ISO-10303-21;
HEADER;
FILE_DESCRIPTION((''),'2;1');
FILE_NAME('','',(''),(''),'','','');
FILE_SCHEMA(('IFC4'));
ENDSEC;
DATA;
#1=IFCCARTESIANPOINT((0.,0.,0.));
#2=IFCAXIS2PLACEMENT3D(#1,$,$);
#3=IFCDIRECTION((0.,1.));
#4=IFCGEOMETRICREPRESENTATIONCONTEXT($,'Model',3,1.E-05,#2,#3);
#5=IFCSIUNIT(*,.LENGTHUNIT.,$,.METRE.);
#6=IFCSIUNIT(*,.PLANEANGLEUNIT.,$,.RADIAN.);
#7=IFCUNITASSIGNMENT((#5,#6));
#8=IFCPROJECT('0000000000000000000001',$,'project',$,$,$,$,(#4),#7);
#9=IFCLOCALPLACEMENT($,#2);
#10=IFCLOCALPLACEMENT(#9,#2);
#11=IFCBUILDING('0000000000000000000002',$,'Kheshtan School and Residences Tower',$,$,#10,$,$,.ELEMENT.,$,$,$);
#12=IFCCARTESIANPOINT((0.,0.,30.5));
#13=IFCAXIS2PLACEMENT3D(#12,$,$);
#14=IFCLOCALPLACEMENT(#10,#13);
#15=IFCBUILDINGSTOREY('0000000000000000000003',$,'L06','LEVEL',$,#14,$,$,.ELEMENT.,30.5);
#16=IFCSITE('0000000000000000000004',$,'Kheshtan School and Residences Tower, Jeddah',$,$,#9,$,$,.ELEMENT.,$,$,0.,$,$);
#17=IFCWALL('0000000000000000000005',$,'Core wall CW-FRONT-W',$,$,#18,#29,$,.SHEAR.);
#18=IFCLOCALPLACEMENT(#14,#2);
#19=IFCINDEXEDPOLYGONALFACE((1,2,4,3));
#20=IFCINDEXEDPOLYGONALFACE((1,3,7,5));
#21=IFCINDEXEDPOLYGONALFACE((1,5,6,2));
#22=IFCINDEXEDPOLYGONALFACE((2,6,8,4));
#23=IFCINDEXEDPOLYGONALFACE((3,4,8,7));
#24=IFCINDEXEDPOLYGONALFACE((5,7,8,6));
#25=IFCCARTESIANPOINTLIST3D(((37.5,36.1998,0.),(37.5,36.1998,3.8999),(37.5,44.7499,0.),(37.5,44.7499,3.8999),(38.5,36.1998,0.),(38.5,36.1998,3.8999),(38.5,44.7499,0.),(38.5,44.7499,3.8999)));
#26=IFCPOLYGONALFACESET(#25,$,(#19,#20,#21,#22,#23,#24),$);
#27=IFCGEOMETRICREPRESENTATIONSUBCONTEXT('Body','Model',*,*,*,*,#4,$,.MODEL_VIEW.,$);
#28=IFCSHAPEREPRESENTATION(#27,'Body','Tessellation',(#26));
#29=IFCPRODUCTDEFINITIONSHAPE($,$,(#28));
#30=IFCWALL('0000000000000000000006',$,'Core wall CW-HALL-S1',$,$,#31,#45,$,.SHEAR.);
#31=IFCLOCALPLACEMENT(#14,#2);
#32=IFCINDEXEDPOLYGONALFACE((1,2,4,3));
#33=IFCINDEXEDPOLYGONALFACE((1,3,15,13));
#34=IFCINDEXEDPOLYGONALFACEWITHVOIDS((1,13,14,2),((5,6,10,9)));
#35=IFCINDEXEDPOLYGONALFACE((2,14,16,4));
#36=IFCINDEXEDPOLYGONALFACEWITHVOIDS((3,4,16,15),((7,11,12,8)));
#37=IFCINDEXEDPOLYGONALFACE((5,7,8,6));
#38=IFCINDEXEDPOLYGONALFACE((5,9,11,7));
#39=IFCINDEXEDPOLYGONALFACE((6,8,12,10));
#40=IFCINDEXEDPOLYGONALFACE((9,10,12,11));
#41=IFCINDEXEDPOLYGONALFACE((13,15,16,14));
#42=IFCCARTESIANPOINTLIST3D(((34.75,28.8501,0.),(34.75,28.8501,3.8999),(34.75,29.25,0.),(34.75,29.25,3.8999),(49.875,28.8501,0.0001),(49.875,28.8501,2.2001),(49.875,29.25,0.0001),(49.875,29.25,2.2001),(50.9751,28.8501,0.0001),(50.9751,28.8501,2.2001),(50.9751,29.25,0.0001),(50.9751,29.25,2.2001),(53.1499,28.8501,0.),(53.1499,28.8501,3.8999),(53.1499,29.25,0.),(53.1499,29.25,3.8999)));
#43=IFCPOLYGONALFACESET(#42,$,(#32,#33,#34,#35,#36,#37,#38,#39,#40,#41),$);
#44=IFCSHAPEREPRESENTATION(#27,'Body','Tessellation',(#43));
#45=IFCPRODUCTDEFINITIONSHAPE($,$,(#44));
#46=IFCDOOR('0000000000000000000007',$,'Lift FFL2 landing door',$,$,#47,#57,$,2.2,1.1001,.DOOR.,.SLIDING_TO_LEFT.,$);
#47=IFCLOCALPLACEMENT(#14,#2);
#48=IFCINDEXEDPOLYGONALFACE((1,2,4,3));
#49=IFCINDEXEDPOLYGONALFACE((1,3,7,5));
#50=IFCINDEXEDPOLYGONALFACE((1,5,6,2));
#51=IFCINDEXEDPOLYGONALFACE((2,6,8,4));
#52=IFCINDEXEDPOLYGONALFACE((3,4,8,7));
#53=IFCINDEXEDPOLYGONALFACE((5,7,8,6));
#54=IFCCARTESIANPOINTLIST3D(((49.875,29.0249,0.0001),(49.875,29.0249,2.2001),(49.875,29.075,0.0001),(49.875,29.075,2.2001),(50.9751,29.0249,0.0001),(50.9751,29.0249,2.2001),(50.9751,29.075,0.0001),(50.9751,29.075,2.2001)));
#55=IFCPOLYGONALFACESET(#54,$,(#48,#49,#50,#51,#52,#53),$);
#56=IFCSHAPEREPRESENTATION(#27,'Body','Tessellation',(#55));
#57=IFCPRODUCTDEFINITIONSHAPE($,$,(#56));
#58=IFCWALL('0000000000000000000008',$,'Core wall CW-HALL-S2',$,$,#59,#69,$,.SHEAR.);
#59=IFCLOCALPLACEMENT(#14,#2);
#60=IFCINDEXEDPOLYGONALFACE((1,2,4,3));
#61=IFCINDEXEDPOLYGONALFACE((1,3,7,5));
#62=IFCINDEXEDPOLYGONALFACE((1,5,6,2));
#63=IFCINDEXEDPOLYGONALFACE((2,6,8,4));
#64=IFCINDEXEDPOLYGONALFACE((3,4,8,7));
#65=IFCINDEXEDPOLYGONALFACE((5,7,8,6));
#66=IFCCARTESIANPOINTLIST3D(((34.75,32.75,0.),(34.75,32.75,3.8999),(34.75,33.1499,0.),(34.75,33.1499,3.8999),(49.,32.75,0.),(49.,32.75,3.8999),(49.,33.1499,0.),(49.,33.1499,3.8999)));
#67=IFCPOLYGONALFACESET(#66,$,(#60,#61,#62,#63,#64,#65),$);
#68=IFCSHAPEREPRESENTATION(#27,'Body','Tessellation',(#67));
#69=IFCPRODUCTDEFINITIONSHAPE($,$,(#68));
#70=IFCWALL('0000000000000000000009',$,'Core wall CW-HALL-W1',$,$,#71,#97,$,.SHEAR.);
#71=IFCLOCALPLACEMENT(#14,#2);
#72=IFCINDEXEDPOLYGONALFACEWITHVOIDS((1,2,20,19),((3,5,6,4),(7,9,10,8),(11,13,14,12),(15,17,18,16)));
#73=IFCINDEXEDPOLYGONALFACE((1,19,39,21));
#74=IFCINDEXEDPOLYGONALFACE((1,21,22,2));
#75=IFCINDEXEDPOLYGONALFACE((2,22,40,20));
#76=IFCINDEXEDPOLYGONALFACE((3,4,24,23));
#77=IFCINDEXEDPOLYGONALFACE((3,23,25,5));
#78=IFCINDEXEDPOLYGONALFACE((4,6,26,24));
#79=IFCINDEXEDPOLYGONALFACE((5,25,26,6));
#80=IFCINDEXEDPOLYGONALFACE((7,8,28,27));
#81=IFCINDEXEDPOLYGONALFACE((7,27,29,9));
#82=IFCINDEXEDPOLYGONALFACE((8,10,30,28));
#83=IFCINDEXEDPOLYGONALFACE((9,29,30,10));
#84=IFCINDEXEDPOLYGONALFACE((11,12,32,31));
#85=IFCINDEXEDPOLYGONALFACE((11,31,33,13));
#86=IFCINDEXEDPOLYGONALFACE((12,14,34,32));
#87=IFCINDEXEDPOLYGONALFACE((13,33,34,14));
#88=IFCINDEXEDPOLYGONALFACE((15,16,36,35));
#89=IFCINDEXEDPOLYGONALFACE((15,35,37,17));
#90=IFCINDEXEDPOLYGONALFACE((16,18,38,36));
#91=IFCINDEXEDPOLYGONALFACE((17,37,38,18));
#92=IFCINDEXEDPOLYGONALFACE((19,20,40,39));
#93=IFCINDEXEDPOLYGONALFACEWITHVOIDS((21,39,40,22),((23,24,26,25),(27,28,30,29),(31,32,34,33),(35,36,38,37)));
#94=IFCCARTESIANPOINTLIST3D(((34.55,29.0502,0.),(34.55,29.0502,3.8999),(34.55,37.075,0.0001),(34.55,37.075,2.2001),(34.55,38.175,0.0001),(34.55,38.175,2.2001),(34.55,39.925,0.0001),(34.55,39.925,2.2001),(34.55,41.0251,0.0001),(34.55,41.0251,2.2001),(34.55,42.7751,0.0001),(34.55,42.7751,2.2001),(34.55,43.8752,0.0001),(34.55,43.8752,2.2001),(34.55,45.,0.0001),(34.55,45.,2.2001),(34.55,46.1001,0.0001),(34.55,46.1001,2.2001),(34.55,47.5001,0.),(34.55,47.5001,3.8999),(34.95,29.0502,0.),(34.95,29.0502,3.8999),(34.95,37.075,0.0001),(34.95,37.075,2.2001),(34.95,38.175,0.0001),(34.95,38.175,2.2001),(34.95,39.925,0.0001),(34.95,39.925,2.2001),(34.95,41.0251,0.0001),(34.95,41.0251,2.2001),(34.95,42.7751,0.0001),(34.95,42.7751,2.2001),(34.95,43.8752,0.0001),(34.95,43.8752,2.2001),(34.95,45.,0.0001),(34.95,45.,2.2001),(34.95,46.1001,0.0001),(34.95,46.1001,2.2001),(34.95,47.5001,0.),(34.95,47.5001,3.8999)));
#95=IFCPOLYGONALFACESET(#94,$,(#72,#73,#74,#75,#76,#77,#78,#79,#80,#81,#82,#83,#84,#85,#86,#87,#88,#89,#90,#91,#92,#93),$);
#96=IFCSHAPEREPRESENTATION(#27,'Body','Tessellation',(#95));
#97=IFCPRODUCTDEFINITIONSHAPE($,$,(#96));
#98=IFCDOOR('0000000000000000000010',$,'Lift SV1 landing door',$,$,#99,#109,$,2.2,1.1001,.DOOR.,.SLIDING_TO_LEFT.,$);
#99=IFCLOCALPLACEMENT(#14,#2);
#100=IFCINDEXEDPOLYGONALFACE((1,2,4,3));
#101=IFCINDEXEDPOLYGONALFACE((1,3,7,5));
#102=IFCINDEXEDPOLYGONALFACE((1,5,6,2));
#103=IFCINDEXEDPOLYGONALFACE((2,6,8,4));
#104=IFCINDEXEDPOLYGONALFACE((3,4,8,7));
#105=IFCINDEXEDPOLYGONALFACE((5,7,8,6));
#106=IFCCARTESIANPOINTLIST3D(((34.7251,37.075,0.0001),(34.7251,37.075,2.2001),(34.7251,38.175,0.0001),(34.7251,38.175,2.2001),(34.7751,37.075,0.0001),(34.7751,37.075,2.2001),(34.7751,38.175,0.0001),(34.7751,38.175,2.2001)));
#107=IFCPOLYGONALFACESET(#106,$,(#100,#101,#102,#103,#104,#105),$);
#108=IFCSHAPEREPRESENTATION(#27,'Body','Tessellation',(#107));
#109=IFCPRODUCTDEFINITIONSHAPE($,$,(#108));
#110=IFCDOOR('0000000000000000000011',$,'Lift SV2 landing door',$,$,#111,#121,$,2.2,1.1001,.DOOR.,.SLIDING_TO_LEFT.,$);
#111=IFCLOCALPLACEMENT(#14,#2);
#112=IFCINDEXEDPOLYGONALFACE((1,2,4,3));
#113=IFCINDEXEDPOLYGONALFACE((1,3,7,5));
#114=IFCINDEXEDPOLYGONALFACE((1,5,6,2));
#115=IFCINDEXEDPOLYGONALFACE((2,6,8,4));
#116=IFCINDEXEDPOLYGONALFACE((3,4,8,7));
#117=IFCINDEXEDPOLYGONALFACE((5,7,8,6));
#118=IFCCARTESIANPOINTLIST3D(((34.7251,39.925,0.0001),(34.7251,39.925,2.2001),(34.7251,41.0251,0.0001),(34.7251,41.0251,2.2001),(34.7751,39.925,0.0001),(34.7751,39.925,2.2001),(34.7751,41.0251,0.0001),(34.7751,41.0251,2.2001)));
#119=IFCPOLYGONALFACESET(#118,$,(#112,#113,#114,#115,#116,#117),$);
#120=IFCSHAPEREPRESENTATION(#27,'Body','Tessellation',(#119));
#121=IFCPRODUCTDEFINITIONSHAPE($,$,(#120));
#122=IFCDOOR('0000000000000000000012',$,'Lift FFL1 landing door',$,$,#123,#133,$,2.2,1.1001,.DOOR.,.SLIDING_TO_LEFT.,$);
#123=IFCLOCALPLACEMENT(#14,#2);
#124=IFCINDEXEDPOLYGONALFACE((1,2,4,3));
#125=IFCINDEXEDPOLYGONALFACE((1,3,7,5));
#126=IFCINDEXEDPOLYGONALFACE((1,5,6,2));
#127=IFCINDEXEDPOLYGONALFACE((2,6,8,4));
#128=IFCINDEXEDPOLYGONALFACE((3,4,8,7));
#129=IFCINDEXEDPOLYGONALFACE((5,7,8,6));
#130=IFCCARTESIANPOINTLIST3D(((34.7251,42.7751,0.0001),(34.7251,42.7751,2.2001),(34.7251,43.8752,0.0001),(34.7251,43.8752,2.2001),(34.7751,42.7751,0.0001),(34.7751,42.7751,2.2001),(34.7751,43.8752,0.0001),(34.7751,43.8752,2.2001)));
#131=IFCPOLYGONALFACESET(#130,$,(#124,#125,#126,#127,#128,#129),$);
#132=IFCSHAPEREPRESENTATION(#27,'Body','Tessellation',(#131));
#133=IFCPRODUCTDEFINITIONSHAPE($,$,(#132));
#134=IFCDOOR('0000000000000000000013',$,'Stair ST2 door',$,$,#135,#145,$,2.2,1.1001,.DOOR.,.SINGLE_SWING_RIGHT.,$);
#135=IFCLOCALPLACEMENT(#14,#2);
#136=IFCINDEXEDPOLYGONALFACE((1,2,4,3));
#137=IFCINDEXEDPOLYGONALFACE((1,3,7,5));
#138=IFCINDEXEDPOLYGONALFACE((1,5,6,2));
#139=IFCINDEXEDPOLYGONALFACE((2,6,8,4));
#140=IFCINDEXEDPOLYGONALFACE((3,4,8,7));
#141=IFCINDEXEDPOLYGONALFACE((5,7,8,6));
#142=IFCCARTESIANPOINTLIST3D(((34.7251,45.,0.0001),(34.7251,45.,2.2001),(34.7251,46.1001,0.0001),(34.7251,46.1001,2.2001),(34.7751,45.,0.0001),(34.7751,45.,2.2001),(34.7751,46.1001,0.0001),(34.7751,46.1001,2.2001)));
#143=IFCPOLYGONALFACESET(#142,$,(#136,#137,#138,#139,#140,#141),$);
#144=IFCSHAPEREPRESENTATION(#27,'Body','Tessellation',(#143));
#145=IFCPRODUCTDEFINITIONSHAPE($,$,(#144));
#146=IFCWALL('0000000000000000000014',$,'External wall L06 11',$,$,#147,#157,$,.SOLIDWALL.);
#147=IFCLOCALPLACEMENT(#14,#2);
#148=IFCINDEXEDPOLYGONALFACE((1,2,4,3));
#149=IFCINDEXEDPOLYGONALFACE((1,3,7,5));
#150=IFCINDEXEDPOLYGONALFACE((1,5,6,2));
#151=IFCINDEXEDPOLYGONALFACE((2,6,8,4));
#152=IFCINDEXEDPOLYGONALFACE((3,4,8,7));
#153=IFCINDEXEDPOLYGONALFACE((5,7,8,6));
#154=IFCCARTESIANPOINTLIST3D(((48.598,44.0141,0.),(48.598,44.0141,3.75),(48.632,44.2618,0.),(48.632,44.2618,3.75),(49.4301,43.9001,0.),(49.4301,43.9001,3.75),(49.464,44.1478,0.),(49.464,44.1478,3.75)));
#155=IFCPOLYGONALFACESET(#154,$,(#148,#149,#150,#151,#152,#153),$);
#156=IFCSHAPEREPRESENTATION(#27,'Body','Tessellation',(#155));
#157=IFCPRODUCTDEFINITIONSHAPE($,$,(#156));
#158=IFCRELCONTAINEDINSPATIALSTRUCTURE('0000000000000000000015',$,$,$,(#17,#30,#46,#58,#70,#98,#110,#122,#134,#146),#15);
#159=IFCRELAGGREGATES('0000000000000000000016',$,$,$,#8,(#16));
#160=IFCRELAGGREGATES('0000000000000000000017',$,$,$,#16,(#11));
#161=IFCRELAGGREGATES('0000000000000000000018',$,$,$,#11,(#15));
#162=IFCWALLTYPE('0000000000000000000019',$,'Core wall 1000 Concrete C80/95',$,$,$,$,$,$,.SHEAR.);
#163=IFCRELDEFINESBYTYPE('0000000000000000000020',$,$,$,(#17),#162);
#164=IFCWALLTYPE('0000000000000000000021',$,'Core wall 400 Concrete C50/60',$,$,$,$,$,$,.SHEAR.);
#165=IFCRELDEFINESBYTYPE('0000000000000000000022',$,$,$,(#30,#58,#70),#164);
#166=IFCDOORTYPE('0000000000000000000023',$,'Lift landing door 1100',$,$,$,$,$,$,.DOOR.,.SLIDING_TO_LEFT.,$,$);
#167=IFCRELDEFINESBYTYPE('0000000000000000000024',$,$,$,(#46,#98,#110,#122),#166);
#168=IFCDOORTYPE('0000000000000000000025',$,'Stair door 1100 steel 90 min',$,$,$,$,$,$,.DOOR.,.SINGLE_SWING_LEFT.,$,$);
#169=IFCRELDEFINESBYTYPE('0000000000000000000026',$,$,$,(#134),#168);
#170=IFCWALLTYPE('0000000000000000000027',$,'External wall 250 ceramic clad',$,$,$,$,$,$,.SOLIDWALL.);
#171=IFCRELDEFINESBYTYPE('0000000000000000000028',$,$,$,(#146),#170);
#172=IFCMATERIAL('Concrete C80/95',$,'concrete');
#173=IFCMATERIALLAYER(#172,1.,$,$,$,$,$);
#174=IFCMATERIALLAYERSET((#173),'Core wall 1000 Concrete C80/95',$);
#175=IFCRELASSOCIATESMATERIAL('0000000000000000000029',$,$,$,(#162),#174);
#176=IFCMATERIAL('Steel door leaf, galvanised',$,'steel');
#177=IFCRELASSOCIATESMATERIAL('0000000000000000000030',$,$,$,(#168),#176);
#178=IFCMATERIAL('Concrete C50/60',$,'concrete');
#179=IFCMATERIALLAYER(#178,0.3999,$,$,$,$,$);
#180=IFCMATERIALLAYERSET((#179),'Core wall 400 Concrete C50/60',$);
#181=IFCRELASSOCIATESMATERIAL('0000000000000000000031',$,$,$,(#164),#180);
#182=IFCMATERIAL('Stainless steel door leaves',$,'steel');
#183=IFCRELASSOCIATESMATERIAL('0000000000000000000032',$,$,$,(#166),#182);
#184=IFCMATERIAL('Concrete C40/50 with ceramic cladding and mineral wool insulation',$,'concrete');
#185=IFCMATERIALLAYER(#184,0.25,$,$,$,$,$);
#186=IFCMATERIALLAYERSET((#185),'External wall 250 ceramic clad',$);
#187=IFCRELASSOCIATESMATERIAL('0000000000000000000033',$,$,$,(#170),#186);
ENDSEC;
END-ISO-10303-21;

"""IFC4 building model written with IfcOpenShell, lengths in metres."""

from ifc_helpers import new_model, si_unit, direction, frame, frame_2d, origin, place, context, subcontext, project, spatial, rectangle, extrude, source, transform, mapped, material, layer, layer_set, type_object, element, fill, save


model = new_model("IFC4")

# Units and contexts
model_context = context("Model", 3, precision=1e-05, world=origin(), true_north=direction((0.0, 1.0)))
body_context = subcontext(model_context, "Body", "Model", "MODEL_VIEW")
ifc_project = project(units=[si_unit("LENGTHUNIT", "METRE"), si_unit("PLANEANGLEUNIT", "RADIAN")], contexts=[model_context])

# Site, building, storey
site_placement = place(None, origin())
site = spatial("IfcSite", under=ifc_project, at=site_placement, Name="Kheshtan School and Residences Tower, Jeddah", CompositionType="ELEMENT", RefElevation=0.0)
building_placement = place(site_placement, origin())
building = spatial("IfcBuilding", under=site, at=building_placement, Name="Kheshtan School and Residences Tower", CompositionType="ELEMENT")
storey_placement = place(building_placement, frame((0.0, 0.0, 30.5)))
storey = spatial("IfcBuildingStorey", under=building, at=storey_placement, Name="L06", Description="LEVEL", CompositionType="ELEMENT", Elevation=30.5)

# Shared definitions
ifc_material_1 = material(Name="Concrete C80/95", Category="concrete")
ifc_layer_1 = layer(ifc_material_1, 1.0)
ifc_layer_set_1 = layer_set([ifc_layer_1], Name="Core wall 1000 Concrete C80/95")
wall_type_1 = type_object("IfcWallType", Name="Core wall 1000 Concrete C80/95", PredefinedType="SHEAR", material=ifc_layer_set_1)

# Shared definitions
ifc_material_2 = material(Name="Steel door leaf, galvanised", Category="steel")
door_type_1 = type_object("IfcDoorType", Name="Stair door 1100 steel 90 min", OperationType="SINGLE_SWING_LEFT", PredefinedType="DOOR", material=ifc_material_2)

# Wall
wall_1_placement = place(storey_placement, frame((38.0, 36.2, 0.0), z_axis=(0.0, 0.0, 1.0), x_axis=(0.0, 1.0, 0.0)))
element("IfcWall", 1, at=wall_1_placement, inside=storey, type_object=wall_type_1, Name="Core wall CW-FRONT-W", PredefinedType="SHEAR", context=body_context, shape_type="SweptSolid", body=[
    extrude(rectangle(XDim=8.55, YDim=1.0, at=frame_2d((4.2749, 0.0))), origin(), (0.0, 0.0, 1.0), 3.8999),
])

# Wall, opening, door
ifc_material_3 = material(Name="Concrete C50/60", Category="concrete")
ifc_layer_2 = layer(ifc_material_3, 0.3999)
ifc_layer_set_2 = layer_set([ifc_layer_2], Name="Core wall 400 Concrete C50/60")
wall_type_2 = type_object("IfcWallType", Name="Core wall 400 Concrete C50/60", PredefinedType="SHEAR", material=ifc_layer_set_2)
wall_2_placement = place(storey_placement, frame((34.75, 29.05, 0.0), z_axis=(0.0, 0.0, 1.0), x_axis=(1.0, 0.0, 0.0)))
wall_2 = element("IfcWall", 2, at=wall_2_placement, inside=storey, type_object=wall_type_2, Name="Core wall CW-HALL-S1", PredefinedType="SHEAR", context=body_context, shape_type="SweptSolid", body=[
    extrude(rectangle(XDim=18.3999, YDim=0.3999, at=frame_2d((9.2, 0.0))), origin(), (0.0, 0.0, 1.0), 3.8999),
])
opening_1_placement = place(wall_2_placement, frame((15.125, 0.0, 0.0)))
opening_1 = element("IfcOpeningElement", 3, at=opening_1_placement, cuts=wall_2, PredefinedType="OPENING", context=body_context, shape_type="SweptSolid", body=[
    extrude(rectangle(XDim=1.1001, YDim=2.2, at=frame_2d((0.55, 1.1001))), frame((0.0, 0.21, 0.0), z_axis=(0.0, -1.0, 0.0), x_axis=(1.0, 0.0, 0.0)), (0.0, 0.0, 1.0), 0.4199),
])
ifc_material_4 = material(Name="Stainless steel door leaves", Category="steel")
door_type_2 = type_object("IfcDoorType", Name="Lift landing door 1100", OperationType="SLIDING_TO_LEFT", PredefinedType="DOOR", material=ifc_material_4)
shared_shape_1 = source(origin(), body_context, "Body", "SweptSolid", [
    extrude(rectangle(XDim=1.1001, YDim=2.2, at=frame_2d((0.55, 1.1001))), frame((0.0, 0.0249, 0.0), z_axis=(0.0, -1.0, 0.0), x_axis=(1.0, 0.0, 0.0)), (0.0, 0.0, 1.0), 0.05),
])
door_1_placement = place(opening_1_placement, origin())
door_1 = element("IfcDoor", 4, at=door_1_placement, inside=storey, type_object=door_type_2, Name="Lift FFL2 landing door", OperationType="SLIDING_TO_LEFT", OverallHeight=2.2, OverallWidth=1.1001, PredefinedType="DOOR", context=body_context, shape_type="MappedRepresentation", body=[
    mapped(shared_shape_1, transform((0.0, 0.0, 0.0), x_axis=(1.0, 0.0, 0.0), y_axis=(0.0, 1.0, 0.0), z_axis=(0.0, 0.0, 1.0), scale=1.0)),
])
fill(opening_1, door_1)

# Wall
wall_3_placement = place(storey_placement, frame((34.75, 32.95, 0.0), z_axis=(0.0, 0.0, 1.0), x_axis=(1.0, 0.0, 0.0)))
element("IfcWall", 5, at=wall_3_placement, inside=storey, type_object=wall_type_2, Name="Core wall CW-HALL-S2", PredefinedType="SHEAR", context=body_context, shape_type="SweptSolid", body=[
    extrude(rectangle(XDim=14.25, YDim=0.3999, at=frame_2d((7.125, 0.0))), origin(), (0.0, 0.0, 1.0), 3.8999),
])

# Wall, openings, doors
wall_4_placement = place(storey_placement, frame((34.75, 29.05, 0.0), z_axis=(0.0, 0.0, 1.0), x_axis=(0.0, 1.0, 0.0)))
wall_4 = element("IfcWall", 6, at=wall_4_placement, inside=storey, type_object=wall_type_2, Name="Core wall CW-HALL-W1", PredefinedType="SHEAR", context=body_context, shape_type="SweptSolid", body=[
    extrude(rectangle(XDim=18.45, YDim=0.3999, at=frame_2d((9.2251, 0.0))), origin(), (0.0, 0.0, 1.0), 3.8999),
])
opening_2_placement = place(wall_4_placement, frame((8.0249, 0.0, 0.0)))
opening_2 = element("IfcOpeningElement", 7, at=opening_2_placement, cuts=wall_4, PredefinedType="OPENING", context=body_context, shape_type="SweptSolid", body=[
    extrude(rectangle(XDim=1.1001, YDim=2.2, at=frame_2d((0.55, 1.1001))), frame((0.0, 0.21, 0.0), z_axis=(0.0, -1.0, 0.0), x_axis=(1.0, 0.0, 0.0)), (0.0, 0.0, 1.0), 0.4199),
])
opening_3_placement = place(wall_4_placement, frame((10.875, 0.0, 0.0)))
opening_3 = element("IfcOpeningElement", 8, at=opening_3_placement, cuts=wall_4, PredefinedType="OPENING", context=body_context, shape_type="SweptSolid", body=[
    extrude(rectangle(XDim=1.1001, YDim=2.2, at=frame_2d((0.55, 1.1001))), frame((0.0, 0.21, 0.0), z_axis=(0.0, -1.0, 0.0), x_axis=(1.0, 0.0, 0.0)), (0.0, 0.0, 1.0), 0.4199),
])
opening_4_placement = place(wall_4_placement, frame((13.7251, 0.0, 0.0)))
opening_4 = element("IfcOpeningElement", 9, at=opening_4_placement, cuts=wall_4, PredefinedType="OPENING", context=body_context, shape_type="SweptSolid", body=[
    extrude(rectangle(XDim=1.1001, YDim=2.2, at=frame_2d((0.55, 1.1001))), frame((0.0, 0.21, 0.0), z_axis=(0.0, -1.0, 0.0), x_axis=(1.0, 0.0, 0.0)), (0.0, 0.0, 1.0), 0.4199),
])
opening_5_placement = place(wall_4_placement, frame((15.95, 0.0, 0.0)))
opening_5 = element("IfcOpeningElement", 10, at=opening_5_placement, cuts=wall_4, PredefinedType="OPENING", context=body_context, shape_type="SweptSolid", body=[
    extrude(rectangle(XDim=1.1001, YDim=2.2, at=frame_2d((0.55, 1.1001))), frame((0.0, 0.21, 0.0), z_axis=(0.0, -1.0, 0.0), x_axis=(1.0, 0.0, 0.0)), (0.0, 0.0, 1.0), 0.4199),
])
door_2_placement = place(opening_2_placement, origin())
door_2 = element("IfcDoor", 11, at=door_2_placement, inside=storey, type_object=door_type_2, Name="Lift SV1 landing door", OperationType="SLIDING_TO_LEFT", OverallHeight=2.2, OverallWidth=1.1001, PredefinedType="DOOR", context=body_context, shape_type="MappedRepresentation", body=[
    mapped(shared_shape_1, transform((0.0, 0.0, 0.0), x_axis=(1.0, 0.0, 0.0), y_axis=(0.0, 1.0, 0.0), z_axis=(0.0, 0.0, 1.0), scale=1.0)),
])
fill(opening_2, door_2)
door_3_placement = place(opening_3_placement, origin())
door_3 = element("IfcDoor", 12, at=door_3_placement, inside=storey, type_object=door_type_2, Name="Lift SV2 landing door", OperationType="SLIDING_TO_LEFT", OverallHeight=2.2, OverallWidth=1.1001, PredefinedType="DOOR", context=body_context, shape_type="MappedRepresentation", body=[
    mapped(shared_shape_1, transform((0.0, 0.0, 0.0), x_axis=(1.0, 0.0, 0.0), y_axis=(0.0, 1.0, 0.0), z_axis=(0.0, 0.0, 1.0), scale=1.0)),
])
fill(opening_3, door_3)
door_4_placement = place(opening_4_placement, origin())
door_4 = element("IfcDoor", 13, at=door_4_placement, inside=storey, type_object=door_type_2, Name="Lift FFL1 landing door", OperationType="SLIDING_TO_LEFT", OverallHeight=2.2, OverallWidth=1.1001, PredefinedType="DOOR", context=body_context, shape_type="MappedRepresentation", body=[
    mapped(shared_shape_1, transform((0.0, 0.0, 0.0), x_axis=(1.0, 0.0, 0.0), y_axis=(0.0, 1.0, 0.0), z_axis=(0.0, 0.0, 1.0), scale=1.0)),
])
fill(opening_4, door_4)
shared_shape_2 = source(origin(), body_context, "Body", "SweptSolid", [
    extrude(rectangle(XDim=1.1001, YDim=2.2, at=frame_2d((0.55, 1.1001))), frame((0.0, 0.0249, 0.0), z_axis=(0.0, -1.0, 0.0), x_axis=(1.0, 0.0, 0.0)), (0.0, 0.0, 1.0), 0.05),
])
door_5_placement = place(opening_5_placement, origin())
door_5 = element("IfcDoor", 14, at=door_5_placement, inside=storey, type_object=door_type_1, Name="Stair ST2 door", OperationType="SINGLE_SWING_RIGHT", OverallHeight=2.2, OverallWidth=1.1001, PredefinedType="DOOR", context=body_context, shape_type="MappedRepresentation", body=[
    mapped(shared_shape_2, transform((0.0, 0.0, 0.0), x_axis=(1.0, 0.0, 0.0), y_axis=(0.0, 1.0, 0.0), z_axis=(0.0, 0.0, 1.0), scale=1.0)),
])
fill(opening_5, door_5)

# Wall
ifc_material_5 = material(Name="Concrete C40/50 with ceramic cladding and mineral wool insulation", Category="concrete")
ifc_layer_3 = layer(ifc_material_5, 0.25)
ifc_layer_set_3 = layer_set([ifc_layer_3], Name="External wall 250 ceramic clad")
wall_type_3 = type_object("IfcWallType", Name="External wall 250 ceramic clad", PredefinedType="SOLIDWALL", material=ifc_layer_set_3)
wall_5_placement = place(storey_placement, frame((48.615, 44.1379, 0.0), z_axis=(0.0, 0.0, 1.0), x_axis=(0.990742, -0.135762, 0.0)))
element("IfcWall", 15, at=wall_5_placement, inside=storey, type_object=wall_type_3, Name="External wall L06 11", PredefinedType="SOLIDWALL", context=body_context, shape_type="SweptSolid", body=[
    extrude(rectangle(XDim=0.8398, YDim=0.25, at=frame_2d((0.4199, 0.0))), origin(), (0.0, 0.0, 1.0), 3.75),
])

save(model, "model.ifc")
